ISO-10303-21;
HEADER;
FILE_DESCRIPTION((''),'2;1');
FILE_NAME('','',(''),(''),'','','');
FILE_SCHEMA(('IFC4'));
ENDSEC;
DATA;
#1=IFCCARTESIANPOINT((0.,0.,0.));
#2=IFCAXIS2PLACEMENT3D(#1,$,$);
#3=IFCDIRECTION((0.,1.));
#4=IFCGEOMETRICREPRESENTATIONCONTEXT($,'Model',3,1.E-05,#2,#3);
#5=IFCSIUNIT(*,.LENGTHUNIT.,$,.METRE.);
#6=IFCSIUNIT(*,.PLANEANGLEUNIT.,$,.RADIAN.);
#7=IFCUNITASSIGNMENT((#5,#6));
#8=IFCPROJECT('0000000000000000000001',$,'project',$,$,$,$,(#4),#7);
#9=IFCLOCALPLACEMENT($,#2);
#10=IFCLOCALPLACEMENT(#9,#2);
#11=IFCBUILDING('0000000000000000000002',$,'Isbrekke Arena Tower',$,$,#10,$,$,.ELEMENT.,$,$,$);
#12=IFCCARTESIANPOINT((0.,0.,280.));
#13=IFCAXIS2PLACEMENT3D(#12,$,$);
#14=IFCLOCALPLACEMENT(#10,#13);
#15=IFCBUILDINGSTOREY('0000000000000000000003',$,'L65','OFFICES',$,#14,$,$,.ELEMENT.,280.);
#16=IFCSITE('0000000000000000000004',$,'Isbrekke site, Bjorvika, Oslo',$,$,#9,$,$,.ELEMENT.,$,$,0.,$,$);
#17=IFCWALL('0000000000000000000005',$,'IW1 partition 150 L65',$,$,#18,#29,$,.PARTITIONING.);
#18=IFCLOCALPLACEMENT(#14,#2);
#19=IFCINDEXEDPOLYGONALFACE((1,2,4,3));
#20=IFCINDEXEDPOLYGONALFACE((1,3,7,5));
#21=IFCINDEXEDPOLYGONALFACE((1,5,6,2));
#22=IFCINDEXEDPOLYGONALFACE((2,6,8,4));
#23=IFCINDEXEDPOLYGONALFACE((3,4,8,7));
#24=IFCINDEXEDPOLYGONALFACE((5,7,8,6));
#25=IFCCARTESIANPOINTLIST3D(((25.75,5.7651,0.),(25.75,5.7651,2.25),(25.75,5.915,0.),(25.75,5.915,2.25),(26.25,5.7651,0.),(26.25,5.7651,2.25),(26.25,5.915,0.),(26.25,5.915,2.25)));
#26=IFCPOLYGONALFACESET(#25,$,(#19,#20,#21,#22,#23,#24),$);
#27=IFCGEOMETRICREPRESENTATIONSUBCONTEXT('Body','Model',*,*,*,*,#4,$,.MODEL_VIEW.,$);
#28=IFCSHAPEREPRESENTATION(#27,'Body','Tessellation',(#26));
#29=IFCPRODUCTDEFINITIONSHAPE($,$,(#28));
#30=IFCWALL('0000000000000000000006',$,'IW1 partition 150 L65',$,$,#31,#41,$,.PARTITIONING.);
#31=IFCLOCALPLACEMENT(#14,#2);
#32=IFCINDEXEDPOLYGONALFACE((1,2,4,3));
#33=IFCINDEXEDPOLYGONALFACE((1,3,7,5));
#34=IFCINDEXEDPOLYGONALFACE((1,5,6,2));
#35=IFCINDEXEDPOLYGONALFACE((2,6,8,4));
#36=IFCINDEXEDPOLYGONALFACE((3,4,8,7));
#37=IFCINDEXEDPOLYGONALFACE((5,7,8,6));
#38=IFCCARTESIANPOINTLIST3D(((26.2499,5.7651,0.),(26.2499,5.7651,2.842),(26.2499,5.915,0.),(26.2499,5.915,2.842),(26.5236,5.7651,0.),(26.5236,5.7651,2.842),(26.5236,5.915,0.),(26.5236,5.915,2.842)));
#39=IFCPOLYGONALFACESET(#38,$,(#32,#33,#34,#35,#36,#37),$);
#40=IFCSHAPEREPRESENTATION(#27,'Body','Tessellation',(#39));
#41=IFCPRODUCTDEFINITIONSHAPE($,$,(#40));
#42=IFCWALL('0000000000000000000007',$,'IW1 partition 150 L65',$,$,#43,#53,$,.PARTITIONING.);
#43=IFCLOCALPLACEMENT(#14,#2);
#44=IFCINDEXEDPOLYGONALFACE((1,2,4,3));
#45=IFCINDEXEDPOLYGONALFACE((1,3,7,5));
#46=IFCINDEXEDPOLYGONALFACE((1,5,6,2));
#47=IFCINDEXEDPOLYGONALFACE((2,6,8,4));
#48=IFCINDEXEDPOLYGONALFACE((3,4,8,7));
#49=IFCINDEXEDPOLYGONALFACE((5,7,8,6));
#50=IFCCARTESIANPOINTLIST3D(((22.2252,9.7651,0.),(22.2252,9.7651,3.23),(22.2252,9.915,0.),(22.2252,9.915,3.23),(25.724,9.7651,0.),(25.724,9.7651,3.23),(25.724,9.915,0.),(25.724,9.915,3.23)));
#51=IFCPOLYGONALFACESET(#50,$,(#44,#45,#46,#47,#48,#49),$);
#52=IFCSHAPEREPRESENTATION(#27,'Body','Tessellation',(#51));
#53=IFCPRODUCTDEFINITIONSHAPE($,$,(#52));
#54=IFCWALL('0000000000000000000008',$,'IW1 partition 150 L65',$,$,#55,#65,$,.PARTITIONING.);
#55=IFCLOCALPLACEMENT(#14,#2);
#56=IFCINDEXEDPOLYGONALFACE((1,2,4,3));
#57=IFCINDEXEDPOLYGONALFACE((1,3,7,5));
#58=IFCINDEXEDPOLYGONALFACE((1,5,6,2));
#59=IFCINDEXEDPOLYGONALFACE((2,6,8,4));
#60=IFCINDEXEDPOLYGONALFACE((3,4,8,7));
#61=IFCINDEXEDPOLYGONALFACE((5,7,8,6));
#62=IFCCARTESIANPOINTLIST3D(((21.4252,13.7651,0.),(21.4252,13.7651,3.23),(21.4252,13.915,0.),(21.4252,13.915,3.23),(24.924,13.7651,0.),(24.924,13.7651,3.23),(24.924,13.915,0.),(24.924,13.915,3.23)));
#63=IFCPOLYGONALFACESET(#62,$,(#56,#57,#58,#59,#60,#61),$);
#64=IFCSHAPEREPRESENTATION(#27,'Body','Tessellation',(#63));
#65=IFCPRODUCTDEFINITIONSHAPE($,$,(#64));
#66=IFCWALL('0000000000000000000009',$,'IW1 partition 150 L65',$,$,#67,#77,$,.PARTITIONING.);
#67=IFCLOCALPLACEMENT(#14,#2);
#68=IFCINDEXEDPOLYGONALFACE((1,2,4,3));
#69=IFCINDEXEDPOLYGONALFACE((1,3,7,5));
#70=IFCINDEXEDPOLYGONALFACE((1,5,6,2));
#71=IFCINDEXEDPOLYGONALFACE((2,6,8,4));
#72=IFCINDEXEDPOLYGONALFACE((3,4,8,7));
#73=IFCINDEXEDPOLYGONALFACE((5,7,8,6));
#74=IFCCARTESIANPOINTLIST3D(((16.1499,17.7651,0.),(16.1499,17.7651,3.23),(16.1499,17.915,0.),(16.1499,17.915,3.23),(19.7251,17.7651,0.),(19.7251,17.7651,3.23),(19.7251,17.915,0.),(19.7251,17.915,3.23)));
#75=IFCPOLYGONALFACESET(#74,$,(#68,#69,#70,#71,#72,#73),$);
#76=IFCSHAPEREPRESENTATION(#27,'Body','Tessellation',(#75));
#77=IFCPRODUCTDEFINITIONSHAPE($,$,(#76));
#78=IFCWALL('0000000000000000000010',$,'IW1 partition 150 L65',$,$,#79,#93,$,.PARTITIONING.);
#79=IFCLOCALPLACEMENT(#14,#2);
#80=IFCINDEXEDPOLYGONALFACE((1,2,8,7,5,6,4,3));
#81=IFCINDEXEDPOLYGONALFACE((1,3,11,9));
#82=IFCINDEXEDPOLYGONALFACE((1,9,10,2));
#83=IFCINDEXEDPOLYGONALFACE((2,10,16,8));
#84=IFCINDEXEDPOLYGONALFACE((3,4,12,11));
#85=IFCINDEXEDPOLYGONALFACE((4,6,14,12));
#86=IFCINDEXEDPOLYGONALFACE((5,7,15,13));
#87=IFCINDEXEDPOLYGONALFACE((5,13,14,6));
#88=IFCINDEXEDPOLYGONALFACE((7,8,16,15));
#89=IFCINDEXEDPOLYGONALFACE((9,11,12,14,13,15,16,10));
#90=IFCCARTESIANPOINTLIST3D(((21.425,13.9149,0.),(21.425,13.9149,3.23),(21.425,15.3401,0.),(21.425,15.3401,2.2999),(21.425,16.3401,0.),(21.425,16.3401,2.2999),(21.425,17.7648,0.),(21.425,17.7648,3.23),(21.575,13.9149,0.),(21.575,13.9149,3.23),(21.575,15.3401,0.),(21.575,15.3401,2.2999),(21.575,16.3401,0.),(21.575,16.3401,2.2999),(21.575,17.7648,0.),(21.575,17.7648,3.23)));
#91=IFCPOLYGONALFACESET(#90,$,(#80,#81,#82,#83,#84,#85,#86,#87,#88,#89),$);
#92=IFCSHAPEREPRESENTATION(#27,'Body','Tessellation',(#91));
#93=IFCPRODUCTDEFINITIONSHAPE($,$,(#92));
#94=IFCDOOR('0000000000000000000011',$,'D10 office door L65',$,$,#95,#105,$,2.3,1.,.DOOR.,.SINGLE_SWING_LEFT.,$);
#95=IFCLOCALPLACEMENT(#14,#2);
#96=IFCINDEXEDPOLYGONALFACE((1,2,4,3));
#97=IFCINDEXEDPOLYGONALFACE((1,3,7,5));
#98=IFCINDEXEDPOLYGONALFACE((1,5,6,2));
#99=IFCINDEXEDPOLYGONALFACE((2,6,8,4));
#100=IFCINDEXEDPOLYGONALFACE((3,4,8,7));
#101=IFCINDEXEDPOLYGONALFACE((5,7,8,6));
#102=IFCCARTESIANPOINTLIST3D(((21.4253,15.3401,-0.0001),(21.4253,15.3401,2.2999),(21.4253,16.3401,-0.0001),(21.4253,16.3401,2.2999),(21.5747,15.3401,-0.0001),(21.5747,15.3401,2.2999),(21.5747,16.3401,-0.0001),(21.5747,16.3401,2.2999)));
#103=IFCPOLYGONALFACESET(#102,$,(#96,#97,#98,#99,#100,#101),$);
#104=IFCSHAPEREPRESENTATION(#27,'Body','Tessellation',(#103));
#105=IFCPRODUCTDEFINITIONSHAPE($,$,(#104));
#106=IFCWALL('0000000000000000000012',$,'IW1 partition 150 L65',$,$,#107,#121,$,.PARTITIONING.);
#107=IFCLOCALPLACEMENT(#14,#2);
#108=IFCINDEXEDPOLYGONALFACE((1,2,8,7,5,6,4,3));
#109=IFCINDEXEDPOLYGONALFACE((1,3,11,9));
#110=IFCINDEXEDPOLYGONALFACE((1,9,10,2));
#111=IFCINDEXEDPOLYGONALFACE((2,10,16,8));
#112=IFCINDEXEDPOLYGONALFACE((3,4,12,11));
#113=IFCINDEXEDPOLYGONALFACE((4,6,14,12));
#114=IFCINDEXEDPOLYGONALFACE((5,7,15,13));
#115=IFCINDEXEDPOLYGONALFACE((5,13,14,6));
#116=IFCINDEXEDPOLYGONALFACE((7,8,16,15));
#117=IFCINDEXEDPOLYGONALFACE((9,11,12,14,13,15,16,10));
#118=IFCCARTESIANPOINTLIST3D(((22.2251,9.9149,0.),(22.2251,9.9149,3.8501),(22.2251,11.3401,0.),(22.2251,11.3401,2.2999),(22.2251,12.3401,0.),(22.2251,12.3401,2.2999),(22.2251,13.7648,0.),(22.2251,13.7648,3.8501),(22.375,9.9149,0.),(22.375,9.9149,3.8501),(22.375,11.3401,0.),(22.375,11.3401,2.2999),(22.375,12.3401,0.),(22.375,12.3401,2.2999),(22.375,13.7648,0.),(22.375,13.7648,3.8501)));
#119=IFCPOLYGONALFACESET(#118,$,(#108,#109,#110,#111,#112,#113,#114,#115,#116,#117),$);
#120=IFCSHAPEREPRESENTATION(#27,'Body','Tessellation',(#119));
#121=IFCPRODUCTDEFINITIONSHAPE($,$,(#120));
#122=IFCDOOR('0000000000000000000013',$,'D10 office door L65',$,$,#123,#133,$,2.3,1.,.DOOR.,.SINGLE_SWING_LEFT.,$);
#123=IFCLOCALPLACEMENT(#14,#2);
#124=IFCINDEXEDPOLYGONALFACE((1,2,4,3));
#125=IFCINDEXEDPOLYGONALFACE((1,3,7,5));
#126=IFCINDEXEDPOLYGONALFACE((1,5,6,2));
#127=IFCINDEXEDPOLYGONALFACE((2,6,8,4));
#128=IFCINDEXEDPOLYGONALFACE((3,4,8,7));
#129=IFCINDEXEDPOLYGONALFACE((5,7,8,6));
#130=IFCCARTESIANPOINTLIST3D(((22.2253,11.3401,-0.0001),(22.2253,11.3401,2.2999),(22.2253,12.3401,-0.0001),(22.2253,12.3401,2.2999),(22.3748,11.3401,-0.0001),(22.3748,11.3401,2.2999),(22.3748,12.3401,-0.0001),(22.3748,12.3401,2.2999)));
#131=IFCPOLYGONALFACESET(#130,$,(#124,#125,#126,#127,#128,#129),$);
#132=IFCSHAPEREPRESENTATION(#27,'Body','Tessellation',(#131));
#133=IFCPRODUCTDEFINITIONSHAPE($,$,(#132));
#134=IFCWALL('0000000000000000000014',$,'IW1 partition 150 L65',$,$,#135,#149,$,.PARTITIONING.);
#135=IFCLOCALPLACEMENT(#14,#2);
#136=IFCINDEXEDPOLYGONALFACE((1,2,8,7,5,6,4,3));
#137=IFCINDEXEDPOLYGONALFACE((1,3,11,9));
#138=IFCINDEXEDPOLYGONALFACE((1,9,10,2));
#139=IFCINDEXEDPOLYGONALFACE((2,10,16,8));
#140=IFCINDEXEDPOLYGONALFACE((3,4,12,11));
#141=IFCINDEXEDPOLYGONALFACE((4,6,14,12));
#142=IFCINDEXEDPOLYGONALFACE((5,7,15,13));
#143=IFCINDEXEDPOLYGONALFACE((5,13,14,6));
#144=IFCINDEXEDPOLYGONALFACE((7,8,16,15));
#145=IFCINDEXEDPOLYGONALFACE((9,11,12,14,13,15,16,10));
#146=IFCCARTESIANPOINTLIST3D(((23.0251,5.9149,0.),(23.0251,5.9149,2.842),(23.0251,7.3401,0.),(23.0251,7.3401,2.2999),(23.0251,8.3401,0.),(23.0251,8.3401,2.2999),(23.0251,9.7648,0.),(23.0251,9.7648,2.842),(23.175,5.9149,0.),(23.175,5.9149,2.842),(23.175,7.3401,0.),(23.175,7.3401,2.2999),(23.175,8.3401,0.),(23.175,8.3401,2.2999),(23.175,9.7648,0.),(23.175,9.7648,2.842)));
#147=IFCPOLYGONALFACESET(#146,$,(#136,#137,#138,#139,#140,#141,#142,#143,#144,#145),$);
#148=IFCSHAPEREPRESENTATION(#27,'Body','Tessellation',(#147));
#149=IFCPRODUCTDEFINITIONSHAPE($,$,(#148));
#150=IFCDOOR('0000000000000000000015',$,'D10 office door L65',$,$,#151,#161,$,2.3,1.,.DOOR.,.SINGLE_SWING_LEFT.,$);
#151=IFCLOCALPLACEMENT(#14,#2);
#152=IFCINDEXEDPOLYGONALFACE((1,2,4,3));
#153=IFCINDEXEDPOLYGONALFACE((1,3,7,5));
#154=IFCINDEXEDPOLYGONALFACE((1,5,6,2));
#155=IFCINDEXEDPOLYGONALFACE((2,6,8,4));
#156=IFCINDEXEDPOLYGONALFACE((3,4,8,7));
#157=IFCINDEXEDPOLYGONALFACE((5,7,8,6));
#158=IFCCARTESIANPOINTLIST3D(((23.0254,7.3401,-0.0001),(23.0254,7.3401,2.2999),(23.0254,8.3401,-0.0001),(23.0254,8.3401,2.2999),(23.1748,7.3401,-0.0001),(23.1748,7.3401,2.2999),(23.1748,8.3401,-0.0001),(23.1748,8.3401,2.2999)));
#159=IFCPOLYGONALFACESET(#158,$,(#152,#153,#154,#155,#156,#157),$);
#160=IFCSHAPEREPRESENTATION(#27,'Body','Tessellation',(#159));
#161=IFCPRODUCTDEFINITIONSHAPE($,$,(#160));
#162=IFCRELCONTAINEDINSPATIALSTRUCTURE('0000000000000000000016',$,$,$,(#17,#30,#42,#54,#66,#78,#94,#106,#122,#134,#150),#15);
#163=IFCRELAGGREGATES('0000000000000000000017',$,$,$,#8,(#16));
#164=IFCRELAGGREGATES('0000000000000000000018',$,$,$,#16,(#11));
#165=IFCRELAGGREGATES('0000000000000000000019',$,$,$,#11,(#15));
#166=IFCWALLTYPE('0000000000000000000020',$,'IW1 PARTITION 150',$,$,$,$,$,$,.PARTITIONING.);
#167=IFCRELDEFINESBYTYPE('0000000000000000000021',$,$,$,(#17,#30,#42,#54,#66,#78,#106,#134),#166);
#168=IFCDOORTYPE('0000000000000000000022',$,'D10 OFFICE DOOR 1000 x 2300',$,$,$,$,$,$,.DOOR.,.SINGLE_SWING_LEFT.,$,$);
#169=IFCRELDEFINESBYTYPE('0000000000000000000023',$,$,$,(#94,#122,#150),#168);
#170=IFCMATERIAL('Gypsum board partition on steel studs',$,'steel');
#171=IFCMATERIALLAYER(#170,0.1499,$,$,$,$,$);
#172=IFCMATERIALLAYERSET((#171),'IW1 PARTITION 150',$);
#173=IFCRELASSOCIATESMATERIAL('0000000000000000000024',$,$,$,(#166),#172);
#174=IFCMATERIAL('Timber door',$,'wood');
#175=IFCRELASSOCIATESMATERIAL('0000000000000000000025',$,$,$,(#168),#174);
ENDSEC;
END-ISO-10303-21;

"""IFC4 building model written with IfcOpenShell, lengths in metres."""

from ifc_helpers import new_model, si_unit, direction, frame, frame_2d, origin, place, context, subcontext, project, spatial, rectangle, extrude, material, layer, layer_set, type_object, element, fill, save


model = new_model("IFC4")

# Units and contexts
model_context = context("Model", 3, precision=1e-05, world=origin(), true_north=direction((0.0, 1.0)))
body_context = subcontext(model_context, "Body", "Model", "MODEL_VIEW")
ifc_project = project(units=[si_unit("LENGTHUNIT", "METRE"), si_unit("PLANEANGLEUNIT", "RADIAN")], contexts=[model_context])

# Site, building, storey
site_placement = place(None, origin())
site = spatial("IfcSite", under=ifc_project, at=site_placement, Name="Isbrekke site, Bjorvika, Oslo", CompositionType="ELEMENT", RefElevation=0.0)
building_placement = place(site_placement, origin())
building = spatial("IfcBuilding", under=site, at=building_placement, Name="Isbrekke Arena Tower", CompositionType="ELEMENT")
storey_placement = place(building_placement, frame((0.0, 0.0, 280.0)))
storey = spatial("IfcBuildingStorey", under=building, at=storey_placement, Name="L65", Description="OFFICES", CompositionType="ELEMENT", Elevation=280.0)

# Walls
ifc_material_1 = material(Name="Gypsum board partition on steel studs", Category="steel")
ifc_layer_1 = layer(ifc_material_1, 0.1499)
ifc_layer_set_1 = layer_set([ifc_layer_1], Name="IW1 PARTITION 150")
wall_type = type_object("IfcWallType", Name="IW1 PARTITION 150", PredefinedType="PARTITIONING", material=ifc_layer_set_1)
wall_1_placement = place(storey_placement, frame((25.75, 5.8401, 0.0), z_axis=(0.0, 0.0, 1.0), x_axis=(1.0, 0.0, 0.0)))
element("IfcWall", 1, at=wall_1_placement, inside=storey, type_object=wall_type, Name="IW1 partition 150 L65", PredefinedType="PARTITIONING", context=body_context, shape_type="SweptSolid", body=[
    extrude(rectangle(XDim=0.5, YDim=0.1499, at=frame_2d((0.25, 0.0))), origin(), (0.0, 0.0, 1.0), 2.25),
])
wall_2_placement = place(storey_placement, frame((26.25, 5.8401, 0.0), z_axis=(0.0, 0.0, 1.0), x_axis=(1.0, 0.0, 0.0)))
element("IfcWall", 2, at=wall_2_placement, inside=storey, type_object=wall_type, Name="IW1 partition 150 L65", PredefinedType="PARTITIONING", context=body_context, shape_type="SweptSolid", body=[
    extrude(rectangle(XDim=0.2737, YDim=0.1499, at=frame_2d((0.1367, 0.0))), origin(), (0.0, 0.0, 1.0), 2.842),
])
for number, where, z_axis, x_axis, name in (
    (3, (22.2251, 9.8401, 0.0), (0.0, 0.0, 1.0), (1.0, 0.0, 0.0), "IW1 partition 150 L65"),
    (4, (21.425, 13.8401, 0.0), (0.0, 0.0, 1.0), (1.0, 0.0, 0.0), "IW1 partition 150 L65"),
):
    element("IfcWall", number, at=place(storey_placement, frame(where, z_axis=z_axis, x_axis=x_axis)), inside=storey, type_object=wall_type, Name=name, PredefinedType="PARTITIONING", context=body_context, shape_type="SweptSolid", body=[
        extrude(rectangle(XDim=3.4988, YDim=0.1499, at=frame_2d((1.7495, 0.0))), origin(), (0.0, 0.0, 1.0), 3.23),
    ])
wall_3_placement = place(storey_placement, frame((16.1499, 17.8401, 0.0), z_axis=(0.0, 0.0, 1.0), x_axis=(1.0, 0.0, 0.0)))
element("IfcWall", 5, at=wall_3_placement, inside=storey, type_object=wall_type, Name="IW1 partition 150 L65", PredefinedType="PARTITIONING", context=body_context, shape_type="SweptSolid", body=[
    extrude(rectangle(XDim=3.5752, YDim=0.1499, at=frame_2d((1.7876, 0.0))), origin(), (0.0, 0.0, 1.0), 3.23),
])

# Walls, openings, doors
wall_4_placement = place(storey_placement, frame((21.5, 13.915, 0.0), z_axis=(0.0, 0.0, 1.0), x_axis=(0.0, 1.0, 0.0)))
wall_4 = element("IfcWall", 6, at=wall_4_placement, inside=storey, type_object=wall_type, Name="IW1 partition 150 L65", PredefinedType="PARTITIONING", context=body_context, shape_type="SweptSolid", body=[
    extrude(rectangle(XDim=3.8499, YDim=0.1499, at=frame_2d((1.9248, 0.0))), origin(), (0.0, 0.0, 1.0), 3.23),
])
opening_1_placement = place(wall_4_placement, frame((1.425, 0.0, 0.0)))
opening_1 = element("IfcOpeningElement", 7, at=opening_1_placement, cuts=wall_4, PredefinedType="OPENING", context=body_context, shape_type="SweptSolid", body=[
    extrude(rectangle(XDim=1.0, YDim=2.3, at=frame_2d((0.5, 1.1499))), frame((0.0, 0.0898, 0.0), z_axis=(0.0, -1.0, 0.0), x_axis=(1.0, 0.0, 0.0)), (0.0, 0.0, 1.0), 0.1797),
])
ifc_material_2 = material(Name="Timber door", Category="wood")
door_type = type_object("IfcDoorType", Name="D10 OFFICE DOOR 1000 x 2300", OperationType="SINGLE_SWING_LEFT", PredefinedType="DOOR", material=ifc_material_2)
door_1_placement = place(opening_1_placement, origin())
door_1 = element("IfcDoor", 8, at=door_1_placement, inside=storey, type_object=door_type, Name="D10 office door L65", OperationType="SINGLE_SWING_LEFT", OverallHeight=2.3, OverallWidth=1.0, PredefinedType="DOOR", context=body_context, shape_type="SweptSolid", body=[
    extrude(rectangle(XDim=1.0, YDim=2.3, at=frame_2d((0.5, 1.1499))), frame((0.0, 0.0747, 0.0), z_axis=(0.0, -1.0, 0.0), x_axis=(1.0, 0.0, 0.0)), (0.0, 0.0, 1.0), 0.1494),
])
fill(opening_1, door_1)
wall_5_placement = place(storey_placement, frame((22.3, 9.915, 0.0), z_axis=(0.0, 0.0, 1.0), x_axis=(0.0, 1.0, 0.0)))
wall_5 = element("IfcWall", 9, at=wall_5_placement, inside=storey, type_object=wall_type, Name="IW1 partition 150 L65", PredefinedType="PARTITIONING", context=body_context, shape_type="SweptSolid", body=[
    extrude(rectangle(XDim=3.8499, YDim=0.1499, at=frame_2d((1.9248, 0.0))), origin(), (0.0, 0.0, 1.0), 3.8501),
])
opening_2_placement = place(wall_5_placement, frame((1.425, 0.0, 0.0)))
opening_2 = element("IfcOpeningElement", 10, at=opening_2_placement, cuts=wall_5, PredefinedType="OPENING", context=body_context, shape_type="SweptSolid", body=[
    extrude(rectangle(XDim=1.0, YDim=2.3, at=frame_2d((0.5, 1.1499))), frame((0.0, 0.0898, 0.0), z_axis=(0.0, -1.0, 0.0), x_axis=(1.0, 0.0, 0.0)), (0.0, 0.0, 1.0), 0.1797),
])
door_2_placement = place(opening_2_placement, origin())
door_2 = element("IfcDoor", 11, at=door_2_placement, inside=storey, type_object=door_type, Name="D10 office door L65", OperationType="SINGLE_SWING_LEFT", OverallHeight=2.3, OverallWidth=1.0, PredefinedType="DOOR", context=body_context, shape_type="SweptSolid", body=[
    extrude(rectangle(XDim=1.0, YDim=2.3, at=frame_2d((0.5, 1.1499))), frame((0.0, 0.0747, 0.0), z_axis=(0.0, -1.0, 0.0), x_axis=(1.0, 0.0, 0.0)), (0.0, 0.0, 1.0), 0.1494),
])
fill(opening_2, door_2)
wall_6_placement = place(storey_placement, frame((23.1001, 5.915, 0.0), z_axis=(0.0, 0.0, 1.0), x_axis=(0.0, 1.0, 0.0)))
wall_6 = element("IfcWall", 12, at=wall_6_placement, inside=storey, type_object=wall_type, Name="IW1 partition 150 L65", PredefinedType="PARTITIONING", context=body_context, shape_type="SweptSolid", body=[
    extrude(rectangle(XDim=3.8499, YDim=0.1499, at=frame_2d((1.9248, 0.0))), origin(), (0.0, 0.0, 1.0), 2.842),
])
opening_3_placement = place(wall_6_placement, frame((1.425, 0.0, 0.0)))
opening_3 = element("IfcOpeningElement", 13, at=opening_3_placement, cuts=wall_6, PredefinedType="OPENING", context=body_context, shape_type="SweptSolid", body=[
    extrude(rectangle(XDim=1.0, YDim=2.3, at=frame_2d((0.5, 1.1499))), frame((0.0, 0.0898, 0.0), z_axis=(0.0, -1.0, 0.0), x_axis=(1.0, 0.0, 0.0)), (0.0, 0.0, 1.0), 0.1797),
])
door_3_placement = place(opening_3_placement, origin())
door_3 = element("IfcDoor", 14, at=door_3_placement, inside=storey, type_object=door_type, Name="D10 office door L65", OperationType="SINGLE_SWING_LEFT", OverallHeight=2.3, OverallWidth=1.0, PredefinedType="DOOR", context=body_context, shape_type="SweptSolid", body=[
    extrude(rectangle(XDim=1.0, YDim=2.3, at=frame_2d((0.5, 1.1499))), frame((0.0, 0.0747, 0.0), z_axis=(0.0, -1.0, 0.0), x_axis=(1.0, 0.0, 0.0)), (0.0, 0.0, 1.0), 0.1494),
])
fill(opening_3, door_3)

save(model, "model.ifc")
